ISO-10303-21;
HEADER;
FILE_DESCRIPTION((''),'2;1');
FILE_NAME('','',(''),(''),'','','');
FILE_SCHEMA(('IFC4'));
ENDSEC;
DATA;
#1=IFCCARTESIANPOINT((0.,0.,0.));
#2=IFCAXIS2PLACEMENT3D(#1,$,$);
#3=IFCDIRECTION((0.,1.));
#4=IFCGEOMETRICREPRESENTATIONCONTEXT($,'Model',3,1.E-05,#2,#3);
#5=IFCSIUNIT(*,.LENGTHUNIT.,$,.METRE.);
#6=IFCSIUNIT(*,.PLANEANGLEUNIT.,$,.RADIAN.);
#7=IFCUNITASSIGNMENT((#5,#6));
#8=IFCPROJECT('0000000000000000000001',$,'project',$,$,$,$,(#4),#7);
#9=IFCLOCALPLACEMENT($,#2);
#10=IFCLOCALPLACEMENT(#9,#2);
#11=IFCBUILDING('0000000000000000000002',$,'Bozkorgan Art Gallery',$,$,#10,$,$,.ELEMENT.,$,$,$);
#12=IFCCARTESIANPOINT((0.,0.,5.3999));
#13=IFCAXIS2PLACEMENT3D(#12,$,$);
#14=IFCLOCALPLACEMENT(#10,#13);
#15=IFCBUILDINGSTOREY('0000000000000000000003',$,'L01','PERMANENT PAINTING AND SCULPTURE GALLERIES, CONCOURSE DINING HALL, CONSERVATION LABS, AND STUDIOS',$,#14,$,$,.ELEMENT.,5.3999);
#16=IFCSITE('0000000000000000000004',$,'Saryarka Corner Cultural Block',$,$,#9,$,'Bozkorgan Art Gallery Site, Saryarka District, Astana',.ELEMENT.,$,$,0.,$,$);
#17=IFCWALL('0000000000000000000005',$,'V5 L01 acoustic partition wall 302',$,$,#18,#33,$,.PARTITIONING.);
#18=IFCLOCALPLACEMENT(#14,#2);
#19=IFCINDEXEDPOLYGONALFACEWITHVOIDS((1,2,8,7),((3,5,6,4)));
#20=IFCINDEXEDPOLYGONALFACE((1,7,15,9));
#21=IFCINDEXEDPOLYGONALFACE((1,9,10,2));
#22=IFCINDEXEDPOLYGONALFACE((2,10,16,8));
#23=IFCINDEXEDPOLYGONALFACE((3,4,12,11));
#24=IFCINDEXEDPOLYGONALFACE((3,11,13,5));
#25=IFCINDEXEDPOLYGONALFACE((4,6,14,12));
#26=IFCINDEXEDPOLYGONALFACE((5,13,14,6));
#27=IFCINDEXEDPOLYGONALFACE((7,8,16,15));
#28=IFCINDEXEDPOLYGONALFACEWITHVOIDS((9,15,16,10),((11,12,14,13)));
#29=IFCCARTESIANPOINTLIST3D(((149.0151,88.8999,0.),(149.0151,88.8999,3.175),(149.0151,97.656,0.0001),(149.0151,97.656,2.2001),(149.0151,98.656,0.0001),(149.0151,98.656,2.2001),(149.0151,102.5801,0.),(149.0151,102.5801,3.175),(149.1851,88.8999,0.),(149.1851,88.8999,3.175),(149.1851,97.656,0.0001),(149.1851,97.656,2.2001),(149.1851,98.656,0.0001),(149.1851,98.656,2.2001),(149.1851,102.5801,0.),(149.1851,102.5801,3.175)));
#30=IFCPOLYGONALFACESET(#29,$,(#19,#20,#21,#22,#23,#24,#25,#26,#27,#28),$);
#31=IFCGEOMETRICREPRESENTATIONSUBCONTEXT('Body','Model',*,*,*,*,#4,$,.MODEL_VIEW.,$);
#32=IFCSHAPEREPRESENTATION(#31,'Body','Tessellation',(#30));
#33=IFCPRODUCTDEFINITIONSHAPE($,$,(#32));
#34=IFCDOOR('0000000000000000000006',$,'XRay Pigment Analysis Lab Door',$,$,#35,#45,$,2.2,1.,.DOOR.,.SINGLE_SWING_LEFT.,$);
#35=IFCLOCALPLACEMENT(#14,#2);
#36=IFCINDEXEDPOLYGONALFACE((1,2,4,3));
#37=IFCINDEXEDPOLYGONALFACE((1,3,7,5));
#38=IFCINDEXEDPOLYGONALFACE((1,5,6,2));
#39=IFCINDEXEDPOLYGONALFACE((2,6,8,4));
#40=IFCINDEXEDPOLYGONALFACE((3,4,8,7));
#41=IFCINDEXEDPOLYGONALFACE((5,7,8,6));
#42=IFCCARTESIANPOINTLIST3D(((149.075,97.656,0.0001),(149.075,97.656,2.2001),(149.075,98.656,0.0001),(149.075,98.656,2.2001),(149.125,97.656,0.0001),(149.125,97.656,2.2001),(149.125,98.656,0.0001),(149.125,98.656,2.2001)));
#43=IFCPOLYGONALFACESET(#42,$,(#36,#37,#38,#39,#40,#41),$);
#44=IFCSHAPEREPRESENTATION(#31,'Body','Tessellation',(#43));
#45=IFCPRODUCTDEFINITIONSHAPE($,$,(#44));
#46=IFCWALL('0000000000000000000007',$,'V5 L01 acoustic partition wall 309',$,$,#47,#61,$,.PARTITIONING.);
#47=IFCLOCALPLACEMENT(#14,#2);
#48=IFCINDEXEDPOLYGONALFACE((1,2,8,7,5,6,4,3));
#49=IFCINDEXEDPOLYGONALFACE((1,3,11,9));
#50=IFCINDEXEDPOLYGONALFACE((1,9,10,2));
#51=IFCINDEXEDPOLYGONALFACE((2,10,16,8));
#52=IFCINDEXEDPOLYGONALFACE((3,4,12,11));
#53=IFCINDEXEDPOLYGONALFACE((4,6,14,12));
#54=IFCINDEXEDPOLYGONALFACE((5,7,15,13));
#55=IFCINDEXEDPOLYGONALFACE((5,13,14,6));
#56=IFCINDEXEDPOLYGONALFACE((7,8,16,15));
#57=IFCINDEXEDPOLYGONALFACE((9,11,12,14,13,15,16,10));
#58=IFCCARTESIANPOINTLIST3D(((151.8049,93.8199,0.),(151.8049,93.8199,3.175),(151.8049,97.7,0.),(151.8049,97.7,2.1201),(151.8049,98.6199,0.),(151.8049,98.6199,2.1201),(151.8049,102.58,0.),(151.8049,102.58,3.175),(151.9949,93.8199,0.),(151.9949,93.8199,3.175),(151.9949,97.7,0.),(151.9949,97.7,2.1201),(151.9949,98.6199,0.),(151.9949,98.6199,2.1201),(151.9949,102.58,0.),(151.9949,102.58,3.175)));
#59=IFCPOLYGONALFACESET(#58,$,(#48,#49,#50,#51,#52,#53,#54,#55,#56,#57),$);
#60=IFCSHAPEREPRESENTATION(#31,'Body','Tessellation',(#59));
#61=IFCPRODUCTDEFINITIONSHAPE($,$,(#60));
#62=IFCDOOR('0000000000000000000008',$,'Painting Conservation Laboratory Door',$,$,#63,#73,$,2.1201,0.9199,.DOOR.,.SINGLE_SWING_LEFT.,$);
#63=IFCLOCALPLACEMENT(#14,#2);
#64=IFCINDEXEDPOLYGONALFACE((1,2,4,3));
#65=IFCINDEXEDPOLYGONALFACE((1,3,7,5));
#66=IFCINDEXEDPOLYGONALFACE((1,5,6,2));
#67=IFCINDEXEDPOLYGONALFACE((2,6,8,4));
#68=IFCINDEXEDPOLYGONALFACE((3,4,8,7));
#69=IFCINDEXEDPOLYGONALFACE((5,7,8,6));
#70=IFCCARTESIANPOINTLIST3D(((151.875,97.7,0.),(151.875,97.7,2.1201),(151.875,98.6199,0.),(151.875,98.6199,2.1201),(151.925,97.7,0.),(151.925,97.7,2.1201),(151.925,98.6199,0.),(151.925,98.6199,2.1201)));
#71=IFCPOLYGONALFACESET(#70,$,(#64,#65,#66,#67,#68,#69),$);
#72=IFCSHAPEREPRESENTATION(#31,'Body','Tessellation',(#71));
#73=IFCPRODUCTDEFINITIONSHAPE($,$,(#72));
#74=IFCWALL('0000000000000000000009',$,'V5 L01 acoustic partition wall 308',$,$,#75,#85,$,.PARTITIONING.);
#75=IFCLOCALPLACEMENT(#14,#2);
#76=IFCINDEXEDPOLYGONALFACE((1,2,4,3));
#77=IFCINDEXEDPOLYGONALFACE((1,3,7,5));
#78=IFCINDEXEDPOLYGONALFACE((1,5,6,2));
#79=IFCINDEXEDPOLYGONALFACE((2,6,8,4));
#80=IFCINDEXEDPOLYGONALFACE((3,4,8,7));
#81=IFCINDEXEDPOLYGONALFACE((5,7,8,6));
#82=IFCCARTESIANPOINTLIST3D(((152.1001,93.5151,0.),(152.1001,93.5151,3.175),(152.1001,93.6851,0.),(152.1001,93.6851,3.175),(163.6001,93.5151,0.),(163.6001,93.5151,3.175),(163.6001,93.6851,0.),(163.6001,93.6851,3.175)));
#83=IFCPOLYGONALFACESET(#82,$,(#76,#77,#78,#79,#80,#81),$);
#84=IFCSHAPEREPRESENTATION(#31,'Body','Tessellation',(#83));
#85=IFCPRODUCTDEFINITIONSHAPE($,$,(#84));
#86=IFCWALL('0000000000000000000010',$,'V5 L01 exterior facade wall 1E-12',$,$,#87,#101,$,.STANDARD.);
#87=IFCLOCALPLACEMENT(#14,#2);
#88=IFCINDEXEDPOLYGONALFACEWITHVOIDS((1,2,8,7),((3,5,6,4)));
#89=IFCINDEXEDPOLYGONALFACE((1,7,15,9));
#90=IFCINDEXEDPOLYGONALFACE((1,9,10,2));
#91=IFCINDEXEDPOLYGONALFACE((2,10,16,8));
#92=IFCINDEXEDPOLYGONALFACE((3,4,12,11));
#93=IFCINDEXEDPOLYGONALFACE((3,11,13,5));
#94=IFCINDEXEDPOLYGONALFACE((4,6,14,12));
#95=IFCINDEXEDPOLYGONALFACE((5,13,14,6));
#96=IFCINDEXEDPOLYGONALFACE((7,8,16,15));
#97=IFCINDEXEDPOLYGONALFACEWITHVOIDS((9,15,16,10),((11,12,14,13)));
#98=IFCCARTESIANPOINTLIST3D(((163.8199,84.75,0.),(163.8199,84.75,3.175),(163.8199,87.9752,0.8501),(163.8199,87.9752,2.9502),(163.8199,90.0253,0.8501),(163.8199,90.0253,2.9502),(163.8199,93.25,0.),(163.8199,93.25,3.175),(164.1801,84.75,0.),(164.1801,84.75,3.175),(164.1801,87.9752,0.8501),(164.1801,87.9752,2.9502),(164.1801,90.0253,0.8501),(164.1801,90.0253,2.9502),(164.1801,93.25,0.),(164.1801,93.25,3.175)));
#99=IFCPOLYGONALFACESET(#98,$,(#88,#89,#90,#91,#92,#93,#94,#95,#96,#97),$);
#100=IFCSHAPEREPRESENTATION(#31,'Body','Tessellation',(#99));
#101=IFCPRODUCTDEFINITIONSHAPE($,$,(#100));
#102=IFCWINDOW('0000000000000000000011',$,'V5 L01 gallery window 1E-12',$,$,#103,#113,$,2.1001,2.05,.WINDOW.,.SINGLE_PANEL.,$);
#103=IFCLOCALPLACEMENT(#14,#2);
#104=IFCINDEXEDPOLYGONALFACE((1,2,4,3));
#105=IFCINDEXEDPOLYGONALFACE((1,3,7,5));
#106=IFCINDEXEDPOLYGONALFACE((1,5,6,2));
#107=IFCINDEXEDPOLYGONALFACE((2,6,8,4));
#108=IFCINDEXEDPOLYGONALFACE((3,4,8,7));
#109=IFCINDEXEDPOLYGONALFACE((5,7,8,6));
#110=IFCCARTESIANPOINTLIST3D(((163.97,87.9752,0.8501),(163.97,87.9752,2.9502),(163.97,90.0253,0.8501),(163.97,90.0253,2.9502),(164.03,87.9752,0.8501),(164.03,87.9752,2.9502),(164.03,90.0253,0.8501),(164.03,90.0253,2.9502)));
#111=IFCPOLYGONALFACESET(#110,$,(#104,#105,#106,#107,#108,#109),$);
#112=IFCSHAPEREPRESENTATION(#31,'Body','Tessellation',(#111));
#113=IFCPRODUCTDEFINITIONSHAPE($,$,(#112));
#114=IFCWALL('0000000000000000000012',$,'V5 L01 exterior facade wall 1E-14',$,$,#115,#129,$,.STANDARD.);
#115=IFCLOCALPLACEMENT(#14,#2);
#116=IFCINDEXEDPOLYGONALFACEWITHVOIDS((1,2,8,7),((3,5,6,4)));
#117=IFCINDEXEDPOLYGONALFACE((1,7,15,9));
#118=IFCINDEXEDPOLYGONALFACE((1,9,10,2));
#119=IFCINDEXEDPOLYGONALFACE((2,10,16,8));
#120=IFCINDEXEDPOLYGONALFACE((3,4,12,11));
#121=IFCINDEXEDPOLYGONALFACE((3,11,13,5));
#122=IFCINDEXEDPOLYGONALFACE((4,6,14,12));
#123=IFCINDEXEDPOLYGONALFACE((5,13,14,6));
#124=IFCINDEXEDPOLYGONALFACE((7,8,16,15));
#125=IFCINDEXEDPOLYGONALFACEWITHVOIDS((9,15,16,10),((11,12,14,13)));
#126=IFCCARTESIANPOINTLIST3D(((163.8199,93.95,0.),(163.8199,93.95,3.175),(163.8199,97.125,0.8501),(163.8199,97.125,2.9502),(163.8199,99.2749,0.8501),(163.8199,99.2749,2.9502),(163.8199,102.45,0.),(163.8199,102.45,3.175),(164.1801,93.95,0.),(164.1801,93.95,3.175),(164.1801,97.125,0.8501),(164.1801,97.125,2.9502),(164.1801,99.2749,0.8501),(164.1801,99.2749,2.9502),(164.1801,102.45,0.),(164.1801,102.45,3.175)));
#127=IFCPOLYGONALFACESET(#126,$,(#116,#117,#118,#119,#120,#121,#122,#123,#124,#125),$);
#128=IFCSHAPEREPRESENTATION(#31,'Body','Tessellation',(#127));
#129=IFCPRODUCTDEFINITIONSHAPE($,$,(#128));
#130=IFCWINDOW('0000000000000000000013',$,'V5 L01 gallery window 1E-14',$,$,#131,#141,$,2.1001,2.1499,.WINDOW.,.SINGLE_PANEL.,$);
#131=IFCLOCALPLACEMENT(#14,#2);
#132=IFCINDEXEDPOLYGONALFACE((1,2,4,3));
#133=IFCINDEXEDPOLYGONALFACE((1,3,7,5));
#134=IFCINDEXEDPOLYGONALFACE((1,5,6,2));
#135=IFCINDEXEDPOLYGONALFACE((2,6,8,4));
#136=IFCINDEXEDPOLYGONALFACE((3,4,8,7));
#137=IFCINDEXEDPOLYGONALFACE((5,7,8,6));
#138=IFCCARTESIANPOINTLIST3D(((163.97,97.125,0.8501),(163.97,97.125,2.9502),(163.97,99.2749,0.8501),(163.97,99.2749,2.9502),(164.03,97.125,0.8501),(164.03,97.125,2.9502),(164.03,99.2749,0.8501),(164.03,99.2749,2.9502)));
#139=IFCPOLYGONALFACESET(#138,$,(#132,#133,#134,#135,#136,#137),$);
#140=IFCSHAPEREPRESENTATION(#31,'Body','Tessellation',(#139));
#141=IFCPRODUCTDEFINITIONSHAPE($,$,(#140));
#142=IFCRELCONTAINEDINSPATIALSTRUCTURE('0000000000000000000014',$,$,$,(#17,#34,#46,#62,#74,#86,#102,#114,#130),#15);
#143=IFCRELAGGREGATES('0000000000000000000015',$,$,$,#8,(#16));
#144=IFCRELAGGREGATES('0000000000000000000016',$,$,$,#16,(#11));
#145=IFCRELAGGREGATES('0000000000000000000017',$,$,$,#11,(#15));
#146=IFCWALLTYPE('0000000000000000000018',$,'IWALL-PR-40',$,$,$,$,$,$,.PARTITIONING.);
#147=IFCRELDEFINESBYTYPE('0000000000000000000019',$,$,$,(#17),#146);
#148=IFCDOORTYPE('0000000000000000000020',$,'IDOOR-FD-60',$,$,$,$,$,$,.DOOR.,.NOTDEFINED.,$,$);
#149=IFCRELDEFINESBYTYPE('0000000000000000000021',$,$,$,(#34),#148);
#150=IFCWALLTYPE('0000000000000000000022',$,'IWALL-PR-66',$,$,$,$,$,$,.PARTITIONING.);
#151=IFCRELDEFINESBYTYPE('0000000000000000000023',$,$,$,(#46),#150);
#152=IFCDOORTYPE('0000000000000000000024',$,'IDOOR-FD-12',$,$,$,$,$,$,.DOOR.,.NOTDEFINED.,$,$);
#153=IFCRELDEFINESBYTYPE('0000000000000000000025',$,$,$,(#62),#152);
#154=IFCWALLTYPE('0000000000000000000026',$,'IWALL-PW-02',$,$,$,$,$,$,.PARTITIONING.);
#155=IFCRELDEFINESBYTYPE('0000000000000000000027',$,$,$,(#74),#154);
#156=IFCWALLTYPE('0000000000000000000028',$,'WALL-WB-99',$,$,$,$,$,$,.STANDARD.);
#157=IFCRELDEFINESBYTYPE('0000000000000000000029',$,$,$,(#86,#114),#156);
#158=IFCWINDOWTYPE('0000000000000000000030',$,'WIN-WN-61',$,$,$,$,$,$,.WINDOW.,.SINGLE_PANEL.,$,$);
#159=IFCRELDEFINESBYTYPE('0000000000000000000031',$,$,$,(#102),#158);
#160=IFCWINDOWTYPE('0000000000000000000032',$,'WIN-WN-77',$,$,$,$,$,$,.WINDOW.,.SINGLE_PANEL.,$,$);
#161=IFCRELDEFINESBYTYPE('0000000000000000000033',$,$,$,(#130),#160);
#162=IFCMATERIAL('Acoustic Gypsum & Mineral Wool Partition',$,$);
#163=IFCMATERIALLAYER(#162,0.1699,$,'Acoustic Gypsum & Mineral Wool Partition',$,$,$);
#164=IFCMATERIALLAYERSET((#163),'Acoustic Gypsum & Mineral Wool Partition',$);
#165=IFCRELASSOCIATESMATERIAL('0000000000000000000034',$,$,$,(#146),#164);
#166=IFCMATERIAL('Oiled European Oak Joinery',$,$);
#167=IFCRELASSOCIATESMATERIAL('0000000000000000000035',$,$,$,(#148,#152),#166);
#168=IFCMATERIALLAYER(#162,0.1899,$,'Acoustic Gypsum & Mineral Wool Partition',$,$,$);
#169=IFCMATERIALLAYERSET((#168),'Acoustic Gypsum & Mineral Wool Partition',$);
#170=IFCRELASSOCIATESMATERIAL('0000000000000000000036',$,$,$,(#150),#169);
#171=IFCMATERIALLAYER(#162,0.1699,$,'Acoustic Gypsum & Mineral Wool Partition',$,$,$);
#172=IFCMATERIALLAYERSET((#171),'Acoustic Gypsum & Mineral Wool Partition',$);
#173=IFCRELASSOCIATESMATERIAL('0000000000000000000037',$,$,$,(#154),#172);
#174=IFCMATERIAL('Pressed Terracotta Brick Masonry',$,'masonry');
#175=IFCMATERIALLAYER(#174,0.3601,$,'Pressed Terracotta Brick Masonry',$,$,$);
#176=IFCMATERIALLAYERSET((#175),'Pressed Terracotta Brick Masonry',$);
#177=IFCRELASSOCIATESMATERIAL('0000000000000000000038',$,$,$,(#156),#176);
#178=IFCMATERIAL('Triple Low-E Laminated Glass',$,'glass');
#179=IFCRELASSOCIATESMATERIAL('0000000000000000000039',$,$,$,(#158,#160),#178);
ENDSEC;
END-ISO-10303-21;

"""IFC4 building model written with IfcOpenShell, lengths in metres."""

from ifc_helpers import new_model, si_unit, direction, frame, frame_2d, origin, place, context, subcontext, project, spatial, rectangle, extrude, material, layer, layer_set, type_object, element, fill, save


model = new_model("IFC4")

# Units and contexts
model_context = context("Model", 3, precision=1e-05, world=origin(), true_north=direction((0.0, 1.0)))
body_context = subcontext(model_context, "Body", "Model", "MODEL_VIEW")
ifc_project = project(units=[si_unit("LENGTHUNIT", "METRE"), si_unit("PLANEANGLEUNIT", "RADIAN")], contexts=[model_context])

# Site, building, storey
site_placement = place(None, origin())
site = spatial("IfcSite", under=ifc_project, at=site_placement, Name="Saryarka Corner Cultural Block", LongName="Bozkorgan Art Gallery Site, Saryarka District, Astana", CompositionType="ELEMENT", RefElevation=0.0)
building_placement = place(site_placement, origin())
building = spatial("IfcBuilding", under=site, at=building_placement, Name="Bozkorgan Art Gallery", CompositionType="ELEMENT")
storey_placement = place(building_placement, frame((0.0, 0.0, 5.3999)))
storey = spatial("IfcBuildingStorey", under=building, at=storey_placement, Name="L01", Description="PERMANENT PAINTING AND SCULPTURE GALLERIES, CONCOURSE DINING HALL, CONSERVATION LABS, AND STUDIOS", CompositionType="ELEMENT", Elevation=5.3999)

# Walls, openings, doors
ifc_material_1 = material(Name="Acoustic Gypsum & Mineral Wool Partition")
ifc_layer_1 = layer(ifc_material_1, 0.1699, Name="Acoustic Gypsum & Mineral Wool Partition")
ifc_layer_set_1 = layer_set([ifc_layer_1], Name="Acoustic Gypsum & Mineral Wool Partition")
wall_type_1 = type_object("IfcWallType", Name="IWALL-PR-40", PredefinedType="PARTITIONING", material=ifc_layer_set_1)
wall_1_placement = place(storey_placement, frame((149.1001, 88.8999, 0.0), z_axis=(0.0, 0.0, 1.0), x_axis=(0.0, 1.0, 0.0)))
wall_1 = element("IfcWall", 1, at=wall_1_placement, inside=storey, type_object=wall_type_1, Name="V5 L01 acoustic partition wall 302", PredefinedType="PARTITIONING", context=body_context, shape_type="SweptSolid", body=[
    extrude(rectangle(XDim=13.6802, YDim=0.1699, at=frame_2d((6.8401, 0.0))), origin(), (0.0, 0.0, 1.0), 3.175),
])
opening_1_placement = place(wall_1_placement, frame((9.7561, 0.0, 0.0), z_axis=(0.0, 0.0, 1.0), x_axis=(-1.0, 0.0, 0.0)))
opening_1 = element("IfcOpeningElement", 2, at=opening_1_placement, cuts=wall_1, PredefinedType="OPENING", context=body_context, shape_type="SweptSolid", body=[
    extrude(rectangle(XDim=1.0, YDim=2.2, at=frame_2d((0.5, 1.1001))), frame((0.0, 0.095, 0.0), z_axis=(0.0, -1.0, 0.0), x_axis=(1.0, 0.0, 0.0)), (0.0, 0.0, 1.0), 0.1899),
])
ifc_material_2 = material(Name="Oiled European Oak Joinery")
door_type_1 = type_object("IfcDoorType", Name="IDOOR-FD-60", OperationType="NOTDEFINED", PredefinedType="DOOR", material=ifc_material_2)
door_1_placement = place(opening_1_placement, origin())
door_1 = element("IfcDoor", 3, at=door_1_placement, inside=storey, type_object=door_type_1, Name="XRay Pigment Analysis Lab Door", OperationType="SINGLE_SWING_LEFT", OverallHeight=2.2, OverallWidth=1.0, PredefinedType="DOOR", context=body_context, shape_type="SweptSolid", body=[
    extrude(rectangle(XDim=1.0, YDim=2.2, at=frame_2d((0.5, 1.1001))), frame((0.0, 0.0249, 0.0), z_axis=(0.0, -1.0, 0.0), x_axis=(1.0, 0.0, 0.0)), (0.0, 0.0, 1.0), 0.05),
])
fill(opening_1, door_1)
ifc_layer_2 = layer(ifc_material_1, 0.1899, Name="Acoustic Gypsum & Mineral Wool Partition")
ifc_layer_set_2 = layer_set([ifc_layer_2], Name="Acoustic Gypsum & Mineral Wool Partition")
wall_type_2 = type_object("IfcWallType", Name="IWALL-PR-66", PredefinedType="PARTITIONING", material=ifc_layer_set_2)
wall_2_placement = place(storey_placement, frame((151.8999, 93.8201, 0.0), z_axis=(0.0, 0.0, 1.0), x_axis=(0.0, 1.0, 0.0)))
wall_2 = element("IfcWall", 4, at=wall_2_placement, inside=storey, type_object=wall_type_2, Name="V5 L01 acoustic partition wall 309", PredefinedType="PARTITIONING", context=body_context, shape_type="SweptSolid", body=[
    extrude(rectangle(XDim=8.76, YDim=0.1899, at=frame_2d((4.3799, 0.0))), origin(), (0.0, 0.0, 1.0), 3.175),
])
opening_2_placement = place(wall_2_placement, frame((3.8799, 0.0, 0.0)))
opening_2 = element("IfcOpeningElement", 5, at=opening_2_placement, cuts=wall_2, PredefinedType="OPENING", context=body_context, shape_type="SweptSolid", body=[
    extrude(rectangle(XDim=0.9199, YDim=2.1201, at=frame_2d((0.46, 1.0601))), frame((0.0, 0.105, 0.0), z_axis=(0.0, -1.0, 0.0), x_axis=(1.0, 0.0, 0.0)), (0.0, 0.0, 1.0), 0.21),
])
door_type_2 = type_object("IfcDoorType", Name="IDOOR-FD-12", OperationType="NOTDEFINED", PredefinedType="DOOR", material=ifc_material_2)
door_2_placement = place(opening_2_placement, origin())
door_2 = element("IfcDoor", 6, at=door_2_placement, inside=storey, type_object=door_type_2, Name="Painting Conservation Laboratory Door", OperationType="SINGLE_SWING_LEFT", OverallHeight=2.1201, OverallWidth=0.9199, PredefinedType="DOOR", context=body_context, shape_type="SweptSolid", body=[
    extrude(rectangle(XDim=0.9199, YDim=2.1201, at=frame_2d((0.46, 1.0601))), frame((0.0, 0.0249, 0.0), z_axis=(0.0, -1.0, 0.0), x_axis=(1.0, 0.0, 0.0)), (0.0, 0.0, 1.0), 0.05),
])
fill(opening_2, door_2)

# Wall
ifc_layer_3 = layer(ifc_material_1, 0.1699, Name="Acoustic Gypsum & Mineral Wool Partition")
ifc_layer_set_3 = layer_set([ifc_layer_3], Name="Acoustic Gypsum & Mineral Wool Partition")
wall_type_3 = type_object("IfcWallType", Name="IWALL-PW-02", PredefinedType="PARTITIONING", material=ifc_layer_set_3)
wall_3_placement = place(storey_placement, frame((152.1001, 93.6001, 0.0), z_axis=(0.0, 0.0, 1.0), x_axis=(1.0, 0.0, 0.0)))
element("IfcWall", 7, at=wall_3_placement, inside=storey, type_object=wall_type_3, Name="V5 L01 acoustic partition wall 308", PredefinedType="PARTITIONING", context=body_context, shape_type="SweptSolid", body=[
    extrude(rectangle(XDim=11.5, YDim=0.1699, at=frame_2d((5.75, 0.0))), origin(), (0.0, 0.0, 1.0), 3.175),
])

# Walls, openings, windows
ifc_material_3 = material(Name="Pressed Terracotta Brick Masonry", Category="masonry")
ifc_layer_4 = layer(ifc_material_3, 0.3601, Name="Pressed Terracotta Brick Masonry")
ifc_layer_set_4 = layer_set([ifc_layer_4], Name="Pressed Terracotta Brick Masonry")
wall_type_4 = type_object("IfcWallType", Name="WALL-WB-99", PredefinedType="STANDARD", material=ifc_layer_set_4)
wall_4_placement = place(storey_placement, frame((164.0, 84.75, 0.0), z_axis=(0.0, 0.0, 1.0), x_axis=(0.0, 1.0, 0.0)))
wall_4 = element("IfcWall", 8, at=wall_4_placement, inside=storey, type_object=wall_type_4, Name="V5 L01 exterior facade wall 1E-12", PredefinedType="STANDARD", context=body_context, shape_type="SweptSolid", body=[
    extrude(rectangle(XDim=8.5, YDim=0.3601, at=frame_2d((4.25, 0.0))), origin(), (0.0, 0.0, 1.0), 3.175),
])
opening_3_placement = place(wall_4_placement, frame((5.2751, 0.0, 0.8501), z_axis=(0.0, 0.0, 1.0), x_axis=(-1.0, 0.0, 0.0)))
opening_3 = element("IfcOpeningElement", 9, at=opening_3_placement, cuts=wall_4, PredefinedType="OPENING", context=body_context, shape_type="SweptSolid", body=[
    extrude(rectangle(XDim=2.05, YDim=2.1001, at=frame_2d((1.0249, 1.05))), frame((0.0, 0.1899, 0.0), z_axis=(0.0, -1.0, 0.0), x_axis=(1.0, 0.0, 0.0)), (0.0, 0.0, 1.0), 0.3801),
])
ifc_material_4 = material(Name="Triple Low-E Laminated Glass", Category="glass")
window_type_1 = type_object("IfcWindowType", Name="WIN-WN-61", PartitioningType="SINGLE_PANEL", PredefinedType="WINDOW", material=ifc_material_4)
window_1_placement = place(opening_3_placement, origin())
window_1 = element("IfcWindow", 10, at=window_1_placement, inside=storey, type_object=window_type_1, Name="V5 L01 gallery window 1E-12", OverallHeight=2.1001, OverallWidth=2.05, PartitioningType="SINGLE_PANEL", PredefinedType="WINDOW", context=body_context, shape_type="SweptSolid", body=[
    extrude(rectangle(XDim=2.05, YDim=2.1001, at=frame_2d((1.0249, 1.05))), frame((0.0, 0.03, 0.0), z_axis=(0.0, -1.0, 0.0), x_axis=(1.0, 0.0, 0.0)), (0.0, 0.0, 1.0), 0.0601),
])
fill(opening_3, window_1)
wall_5_placement = place(storey_placement, frame((164.0, 93.95, 0.0), z_axis=(0.0, 0.0, 1.0), x_axis=(0.0, 1.0, 0.0)))
wall_5 = element("IfcWall", 11, at=wall_5_placement, inside=storey, type_object=wall_type_4, Name="V5 L01 exterior facade wall 1E-14", PredefinedType="STANDARD", context=body_context, shape_type="SweptSolid", body=[
    extrude(rectangle(XDim=8.5, YDim=0.3601, at=frame_2d((4.25, 0.0))), origin(), (0.0, 0.0, 1.0), 3.175),
])
opening_4_placement = place(wall_5_placement, frame((5.325, 0.0, 0.8501), z_axis=(0.0, 0.0, 1.0), x_axis=(-1.0, 0.0, 0.0)))
opening_4 = element("IfcOpeningElement", 12, at=opening_4_placement, cuts=wall_5, PredefinedType="OPENING", context=body_context, shape_type="SweptSolid", body=[
    extrude(rectangle(XDim=2.1499, YDim=2.1001, at=frame_2d((1.075, 1.05))), frame((0.0, 0.1899, 0.0), z_axis=(0.0, -1.0, 0.0), x_axis=(1.0, 0.0, 0.0)), (0.0, 0.0, 1.0), 0.3801),
])
window_type_2 = type_object("IfcWindowType", Name="WIN-WN-77", PartitioningType="SINGLE_PANEL", PredefinedType="WINDOW", material=ifc_material_4)
window_2_placement = place(opening_4_placement, origin())
window_2 = element("IfcWindow", 13, at=window_2_placement, inside=storey, type_object=window_type_2, Name="V5 L01 gallery window 1E-14", OverallHeight=2.1001, OverallWidth=2.1499, PartitioningType="SINGLE_PANEL", PredefinedType="WINDOW", context=body_context, shape_type="SweptSolid", body=[
    extrude(rectangle(XDim=2.1499, YDim=2.1001, at=frame_2d((1.075, 1.05))), frame((0.0, 0.03, 0.0), z_axis=(0.0, -1.0, 0.0), x_axis=(1.0, 0.0, 0.0)), (0.0, 0.0, 1.0), 0.0601),
])
fill(opening_4, window_2)

save(model, "model.ifc")
